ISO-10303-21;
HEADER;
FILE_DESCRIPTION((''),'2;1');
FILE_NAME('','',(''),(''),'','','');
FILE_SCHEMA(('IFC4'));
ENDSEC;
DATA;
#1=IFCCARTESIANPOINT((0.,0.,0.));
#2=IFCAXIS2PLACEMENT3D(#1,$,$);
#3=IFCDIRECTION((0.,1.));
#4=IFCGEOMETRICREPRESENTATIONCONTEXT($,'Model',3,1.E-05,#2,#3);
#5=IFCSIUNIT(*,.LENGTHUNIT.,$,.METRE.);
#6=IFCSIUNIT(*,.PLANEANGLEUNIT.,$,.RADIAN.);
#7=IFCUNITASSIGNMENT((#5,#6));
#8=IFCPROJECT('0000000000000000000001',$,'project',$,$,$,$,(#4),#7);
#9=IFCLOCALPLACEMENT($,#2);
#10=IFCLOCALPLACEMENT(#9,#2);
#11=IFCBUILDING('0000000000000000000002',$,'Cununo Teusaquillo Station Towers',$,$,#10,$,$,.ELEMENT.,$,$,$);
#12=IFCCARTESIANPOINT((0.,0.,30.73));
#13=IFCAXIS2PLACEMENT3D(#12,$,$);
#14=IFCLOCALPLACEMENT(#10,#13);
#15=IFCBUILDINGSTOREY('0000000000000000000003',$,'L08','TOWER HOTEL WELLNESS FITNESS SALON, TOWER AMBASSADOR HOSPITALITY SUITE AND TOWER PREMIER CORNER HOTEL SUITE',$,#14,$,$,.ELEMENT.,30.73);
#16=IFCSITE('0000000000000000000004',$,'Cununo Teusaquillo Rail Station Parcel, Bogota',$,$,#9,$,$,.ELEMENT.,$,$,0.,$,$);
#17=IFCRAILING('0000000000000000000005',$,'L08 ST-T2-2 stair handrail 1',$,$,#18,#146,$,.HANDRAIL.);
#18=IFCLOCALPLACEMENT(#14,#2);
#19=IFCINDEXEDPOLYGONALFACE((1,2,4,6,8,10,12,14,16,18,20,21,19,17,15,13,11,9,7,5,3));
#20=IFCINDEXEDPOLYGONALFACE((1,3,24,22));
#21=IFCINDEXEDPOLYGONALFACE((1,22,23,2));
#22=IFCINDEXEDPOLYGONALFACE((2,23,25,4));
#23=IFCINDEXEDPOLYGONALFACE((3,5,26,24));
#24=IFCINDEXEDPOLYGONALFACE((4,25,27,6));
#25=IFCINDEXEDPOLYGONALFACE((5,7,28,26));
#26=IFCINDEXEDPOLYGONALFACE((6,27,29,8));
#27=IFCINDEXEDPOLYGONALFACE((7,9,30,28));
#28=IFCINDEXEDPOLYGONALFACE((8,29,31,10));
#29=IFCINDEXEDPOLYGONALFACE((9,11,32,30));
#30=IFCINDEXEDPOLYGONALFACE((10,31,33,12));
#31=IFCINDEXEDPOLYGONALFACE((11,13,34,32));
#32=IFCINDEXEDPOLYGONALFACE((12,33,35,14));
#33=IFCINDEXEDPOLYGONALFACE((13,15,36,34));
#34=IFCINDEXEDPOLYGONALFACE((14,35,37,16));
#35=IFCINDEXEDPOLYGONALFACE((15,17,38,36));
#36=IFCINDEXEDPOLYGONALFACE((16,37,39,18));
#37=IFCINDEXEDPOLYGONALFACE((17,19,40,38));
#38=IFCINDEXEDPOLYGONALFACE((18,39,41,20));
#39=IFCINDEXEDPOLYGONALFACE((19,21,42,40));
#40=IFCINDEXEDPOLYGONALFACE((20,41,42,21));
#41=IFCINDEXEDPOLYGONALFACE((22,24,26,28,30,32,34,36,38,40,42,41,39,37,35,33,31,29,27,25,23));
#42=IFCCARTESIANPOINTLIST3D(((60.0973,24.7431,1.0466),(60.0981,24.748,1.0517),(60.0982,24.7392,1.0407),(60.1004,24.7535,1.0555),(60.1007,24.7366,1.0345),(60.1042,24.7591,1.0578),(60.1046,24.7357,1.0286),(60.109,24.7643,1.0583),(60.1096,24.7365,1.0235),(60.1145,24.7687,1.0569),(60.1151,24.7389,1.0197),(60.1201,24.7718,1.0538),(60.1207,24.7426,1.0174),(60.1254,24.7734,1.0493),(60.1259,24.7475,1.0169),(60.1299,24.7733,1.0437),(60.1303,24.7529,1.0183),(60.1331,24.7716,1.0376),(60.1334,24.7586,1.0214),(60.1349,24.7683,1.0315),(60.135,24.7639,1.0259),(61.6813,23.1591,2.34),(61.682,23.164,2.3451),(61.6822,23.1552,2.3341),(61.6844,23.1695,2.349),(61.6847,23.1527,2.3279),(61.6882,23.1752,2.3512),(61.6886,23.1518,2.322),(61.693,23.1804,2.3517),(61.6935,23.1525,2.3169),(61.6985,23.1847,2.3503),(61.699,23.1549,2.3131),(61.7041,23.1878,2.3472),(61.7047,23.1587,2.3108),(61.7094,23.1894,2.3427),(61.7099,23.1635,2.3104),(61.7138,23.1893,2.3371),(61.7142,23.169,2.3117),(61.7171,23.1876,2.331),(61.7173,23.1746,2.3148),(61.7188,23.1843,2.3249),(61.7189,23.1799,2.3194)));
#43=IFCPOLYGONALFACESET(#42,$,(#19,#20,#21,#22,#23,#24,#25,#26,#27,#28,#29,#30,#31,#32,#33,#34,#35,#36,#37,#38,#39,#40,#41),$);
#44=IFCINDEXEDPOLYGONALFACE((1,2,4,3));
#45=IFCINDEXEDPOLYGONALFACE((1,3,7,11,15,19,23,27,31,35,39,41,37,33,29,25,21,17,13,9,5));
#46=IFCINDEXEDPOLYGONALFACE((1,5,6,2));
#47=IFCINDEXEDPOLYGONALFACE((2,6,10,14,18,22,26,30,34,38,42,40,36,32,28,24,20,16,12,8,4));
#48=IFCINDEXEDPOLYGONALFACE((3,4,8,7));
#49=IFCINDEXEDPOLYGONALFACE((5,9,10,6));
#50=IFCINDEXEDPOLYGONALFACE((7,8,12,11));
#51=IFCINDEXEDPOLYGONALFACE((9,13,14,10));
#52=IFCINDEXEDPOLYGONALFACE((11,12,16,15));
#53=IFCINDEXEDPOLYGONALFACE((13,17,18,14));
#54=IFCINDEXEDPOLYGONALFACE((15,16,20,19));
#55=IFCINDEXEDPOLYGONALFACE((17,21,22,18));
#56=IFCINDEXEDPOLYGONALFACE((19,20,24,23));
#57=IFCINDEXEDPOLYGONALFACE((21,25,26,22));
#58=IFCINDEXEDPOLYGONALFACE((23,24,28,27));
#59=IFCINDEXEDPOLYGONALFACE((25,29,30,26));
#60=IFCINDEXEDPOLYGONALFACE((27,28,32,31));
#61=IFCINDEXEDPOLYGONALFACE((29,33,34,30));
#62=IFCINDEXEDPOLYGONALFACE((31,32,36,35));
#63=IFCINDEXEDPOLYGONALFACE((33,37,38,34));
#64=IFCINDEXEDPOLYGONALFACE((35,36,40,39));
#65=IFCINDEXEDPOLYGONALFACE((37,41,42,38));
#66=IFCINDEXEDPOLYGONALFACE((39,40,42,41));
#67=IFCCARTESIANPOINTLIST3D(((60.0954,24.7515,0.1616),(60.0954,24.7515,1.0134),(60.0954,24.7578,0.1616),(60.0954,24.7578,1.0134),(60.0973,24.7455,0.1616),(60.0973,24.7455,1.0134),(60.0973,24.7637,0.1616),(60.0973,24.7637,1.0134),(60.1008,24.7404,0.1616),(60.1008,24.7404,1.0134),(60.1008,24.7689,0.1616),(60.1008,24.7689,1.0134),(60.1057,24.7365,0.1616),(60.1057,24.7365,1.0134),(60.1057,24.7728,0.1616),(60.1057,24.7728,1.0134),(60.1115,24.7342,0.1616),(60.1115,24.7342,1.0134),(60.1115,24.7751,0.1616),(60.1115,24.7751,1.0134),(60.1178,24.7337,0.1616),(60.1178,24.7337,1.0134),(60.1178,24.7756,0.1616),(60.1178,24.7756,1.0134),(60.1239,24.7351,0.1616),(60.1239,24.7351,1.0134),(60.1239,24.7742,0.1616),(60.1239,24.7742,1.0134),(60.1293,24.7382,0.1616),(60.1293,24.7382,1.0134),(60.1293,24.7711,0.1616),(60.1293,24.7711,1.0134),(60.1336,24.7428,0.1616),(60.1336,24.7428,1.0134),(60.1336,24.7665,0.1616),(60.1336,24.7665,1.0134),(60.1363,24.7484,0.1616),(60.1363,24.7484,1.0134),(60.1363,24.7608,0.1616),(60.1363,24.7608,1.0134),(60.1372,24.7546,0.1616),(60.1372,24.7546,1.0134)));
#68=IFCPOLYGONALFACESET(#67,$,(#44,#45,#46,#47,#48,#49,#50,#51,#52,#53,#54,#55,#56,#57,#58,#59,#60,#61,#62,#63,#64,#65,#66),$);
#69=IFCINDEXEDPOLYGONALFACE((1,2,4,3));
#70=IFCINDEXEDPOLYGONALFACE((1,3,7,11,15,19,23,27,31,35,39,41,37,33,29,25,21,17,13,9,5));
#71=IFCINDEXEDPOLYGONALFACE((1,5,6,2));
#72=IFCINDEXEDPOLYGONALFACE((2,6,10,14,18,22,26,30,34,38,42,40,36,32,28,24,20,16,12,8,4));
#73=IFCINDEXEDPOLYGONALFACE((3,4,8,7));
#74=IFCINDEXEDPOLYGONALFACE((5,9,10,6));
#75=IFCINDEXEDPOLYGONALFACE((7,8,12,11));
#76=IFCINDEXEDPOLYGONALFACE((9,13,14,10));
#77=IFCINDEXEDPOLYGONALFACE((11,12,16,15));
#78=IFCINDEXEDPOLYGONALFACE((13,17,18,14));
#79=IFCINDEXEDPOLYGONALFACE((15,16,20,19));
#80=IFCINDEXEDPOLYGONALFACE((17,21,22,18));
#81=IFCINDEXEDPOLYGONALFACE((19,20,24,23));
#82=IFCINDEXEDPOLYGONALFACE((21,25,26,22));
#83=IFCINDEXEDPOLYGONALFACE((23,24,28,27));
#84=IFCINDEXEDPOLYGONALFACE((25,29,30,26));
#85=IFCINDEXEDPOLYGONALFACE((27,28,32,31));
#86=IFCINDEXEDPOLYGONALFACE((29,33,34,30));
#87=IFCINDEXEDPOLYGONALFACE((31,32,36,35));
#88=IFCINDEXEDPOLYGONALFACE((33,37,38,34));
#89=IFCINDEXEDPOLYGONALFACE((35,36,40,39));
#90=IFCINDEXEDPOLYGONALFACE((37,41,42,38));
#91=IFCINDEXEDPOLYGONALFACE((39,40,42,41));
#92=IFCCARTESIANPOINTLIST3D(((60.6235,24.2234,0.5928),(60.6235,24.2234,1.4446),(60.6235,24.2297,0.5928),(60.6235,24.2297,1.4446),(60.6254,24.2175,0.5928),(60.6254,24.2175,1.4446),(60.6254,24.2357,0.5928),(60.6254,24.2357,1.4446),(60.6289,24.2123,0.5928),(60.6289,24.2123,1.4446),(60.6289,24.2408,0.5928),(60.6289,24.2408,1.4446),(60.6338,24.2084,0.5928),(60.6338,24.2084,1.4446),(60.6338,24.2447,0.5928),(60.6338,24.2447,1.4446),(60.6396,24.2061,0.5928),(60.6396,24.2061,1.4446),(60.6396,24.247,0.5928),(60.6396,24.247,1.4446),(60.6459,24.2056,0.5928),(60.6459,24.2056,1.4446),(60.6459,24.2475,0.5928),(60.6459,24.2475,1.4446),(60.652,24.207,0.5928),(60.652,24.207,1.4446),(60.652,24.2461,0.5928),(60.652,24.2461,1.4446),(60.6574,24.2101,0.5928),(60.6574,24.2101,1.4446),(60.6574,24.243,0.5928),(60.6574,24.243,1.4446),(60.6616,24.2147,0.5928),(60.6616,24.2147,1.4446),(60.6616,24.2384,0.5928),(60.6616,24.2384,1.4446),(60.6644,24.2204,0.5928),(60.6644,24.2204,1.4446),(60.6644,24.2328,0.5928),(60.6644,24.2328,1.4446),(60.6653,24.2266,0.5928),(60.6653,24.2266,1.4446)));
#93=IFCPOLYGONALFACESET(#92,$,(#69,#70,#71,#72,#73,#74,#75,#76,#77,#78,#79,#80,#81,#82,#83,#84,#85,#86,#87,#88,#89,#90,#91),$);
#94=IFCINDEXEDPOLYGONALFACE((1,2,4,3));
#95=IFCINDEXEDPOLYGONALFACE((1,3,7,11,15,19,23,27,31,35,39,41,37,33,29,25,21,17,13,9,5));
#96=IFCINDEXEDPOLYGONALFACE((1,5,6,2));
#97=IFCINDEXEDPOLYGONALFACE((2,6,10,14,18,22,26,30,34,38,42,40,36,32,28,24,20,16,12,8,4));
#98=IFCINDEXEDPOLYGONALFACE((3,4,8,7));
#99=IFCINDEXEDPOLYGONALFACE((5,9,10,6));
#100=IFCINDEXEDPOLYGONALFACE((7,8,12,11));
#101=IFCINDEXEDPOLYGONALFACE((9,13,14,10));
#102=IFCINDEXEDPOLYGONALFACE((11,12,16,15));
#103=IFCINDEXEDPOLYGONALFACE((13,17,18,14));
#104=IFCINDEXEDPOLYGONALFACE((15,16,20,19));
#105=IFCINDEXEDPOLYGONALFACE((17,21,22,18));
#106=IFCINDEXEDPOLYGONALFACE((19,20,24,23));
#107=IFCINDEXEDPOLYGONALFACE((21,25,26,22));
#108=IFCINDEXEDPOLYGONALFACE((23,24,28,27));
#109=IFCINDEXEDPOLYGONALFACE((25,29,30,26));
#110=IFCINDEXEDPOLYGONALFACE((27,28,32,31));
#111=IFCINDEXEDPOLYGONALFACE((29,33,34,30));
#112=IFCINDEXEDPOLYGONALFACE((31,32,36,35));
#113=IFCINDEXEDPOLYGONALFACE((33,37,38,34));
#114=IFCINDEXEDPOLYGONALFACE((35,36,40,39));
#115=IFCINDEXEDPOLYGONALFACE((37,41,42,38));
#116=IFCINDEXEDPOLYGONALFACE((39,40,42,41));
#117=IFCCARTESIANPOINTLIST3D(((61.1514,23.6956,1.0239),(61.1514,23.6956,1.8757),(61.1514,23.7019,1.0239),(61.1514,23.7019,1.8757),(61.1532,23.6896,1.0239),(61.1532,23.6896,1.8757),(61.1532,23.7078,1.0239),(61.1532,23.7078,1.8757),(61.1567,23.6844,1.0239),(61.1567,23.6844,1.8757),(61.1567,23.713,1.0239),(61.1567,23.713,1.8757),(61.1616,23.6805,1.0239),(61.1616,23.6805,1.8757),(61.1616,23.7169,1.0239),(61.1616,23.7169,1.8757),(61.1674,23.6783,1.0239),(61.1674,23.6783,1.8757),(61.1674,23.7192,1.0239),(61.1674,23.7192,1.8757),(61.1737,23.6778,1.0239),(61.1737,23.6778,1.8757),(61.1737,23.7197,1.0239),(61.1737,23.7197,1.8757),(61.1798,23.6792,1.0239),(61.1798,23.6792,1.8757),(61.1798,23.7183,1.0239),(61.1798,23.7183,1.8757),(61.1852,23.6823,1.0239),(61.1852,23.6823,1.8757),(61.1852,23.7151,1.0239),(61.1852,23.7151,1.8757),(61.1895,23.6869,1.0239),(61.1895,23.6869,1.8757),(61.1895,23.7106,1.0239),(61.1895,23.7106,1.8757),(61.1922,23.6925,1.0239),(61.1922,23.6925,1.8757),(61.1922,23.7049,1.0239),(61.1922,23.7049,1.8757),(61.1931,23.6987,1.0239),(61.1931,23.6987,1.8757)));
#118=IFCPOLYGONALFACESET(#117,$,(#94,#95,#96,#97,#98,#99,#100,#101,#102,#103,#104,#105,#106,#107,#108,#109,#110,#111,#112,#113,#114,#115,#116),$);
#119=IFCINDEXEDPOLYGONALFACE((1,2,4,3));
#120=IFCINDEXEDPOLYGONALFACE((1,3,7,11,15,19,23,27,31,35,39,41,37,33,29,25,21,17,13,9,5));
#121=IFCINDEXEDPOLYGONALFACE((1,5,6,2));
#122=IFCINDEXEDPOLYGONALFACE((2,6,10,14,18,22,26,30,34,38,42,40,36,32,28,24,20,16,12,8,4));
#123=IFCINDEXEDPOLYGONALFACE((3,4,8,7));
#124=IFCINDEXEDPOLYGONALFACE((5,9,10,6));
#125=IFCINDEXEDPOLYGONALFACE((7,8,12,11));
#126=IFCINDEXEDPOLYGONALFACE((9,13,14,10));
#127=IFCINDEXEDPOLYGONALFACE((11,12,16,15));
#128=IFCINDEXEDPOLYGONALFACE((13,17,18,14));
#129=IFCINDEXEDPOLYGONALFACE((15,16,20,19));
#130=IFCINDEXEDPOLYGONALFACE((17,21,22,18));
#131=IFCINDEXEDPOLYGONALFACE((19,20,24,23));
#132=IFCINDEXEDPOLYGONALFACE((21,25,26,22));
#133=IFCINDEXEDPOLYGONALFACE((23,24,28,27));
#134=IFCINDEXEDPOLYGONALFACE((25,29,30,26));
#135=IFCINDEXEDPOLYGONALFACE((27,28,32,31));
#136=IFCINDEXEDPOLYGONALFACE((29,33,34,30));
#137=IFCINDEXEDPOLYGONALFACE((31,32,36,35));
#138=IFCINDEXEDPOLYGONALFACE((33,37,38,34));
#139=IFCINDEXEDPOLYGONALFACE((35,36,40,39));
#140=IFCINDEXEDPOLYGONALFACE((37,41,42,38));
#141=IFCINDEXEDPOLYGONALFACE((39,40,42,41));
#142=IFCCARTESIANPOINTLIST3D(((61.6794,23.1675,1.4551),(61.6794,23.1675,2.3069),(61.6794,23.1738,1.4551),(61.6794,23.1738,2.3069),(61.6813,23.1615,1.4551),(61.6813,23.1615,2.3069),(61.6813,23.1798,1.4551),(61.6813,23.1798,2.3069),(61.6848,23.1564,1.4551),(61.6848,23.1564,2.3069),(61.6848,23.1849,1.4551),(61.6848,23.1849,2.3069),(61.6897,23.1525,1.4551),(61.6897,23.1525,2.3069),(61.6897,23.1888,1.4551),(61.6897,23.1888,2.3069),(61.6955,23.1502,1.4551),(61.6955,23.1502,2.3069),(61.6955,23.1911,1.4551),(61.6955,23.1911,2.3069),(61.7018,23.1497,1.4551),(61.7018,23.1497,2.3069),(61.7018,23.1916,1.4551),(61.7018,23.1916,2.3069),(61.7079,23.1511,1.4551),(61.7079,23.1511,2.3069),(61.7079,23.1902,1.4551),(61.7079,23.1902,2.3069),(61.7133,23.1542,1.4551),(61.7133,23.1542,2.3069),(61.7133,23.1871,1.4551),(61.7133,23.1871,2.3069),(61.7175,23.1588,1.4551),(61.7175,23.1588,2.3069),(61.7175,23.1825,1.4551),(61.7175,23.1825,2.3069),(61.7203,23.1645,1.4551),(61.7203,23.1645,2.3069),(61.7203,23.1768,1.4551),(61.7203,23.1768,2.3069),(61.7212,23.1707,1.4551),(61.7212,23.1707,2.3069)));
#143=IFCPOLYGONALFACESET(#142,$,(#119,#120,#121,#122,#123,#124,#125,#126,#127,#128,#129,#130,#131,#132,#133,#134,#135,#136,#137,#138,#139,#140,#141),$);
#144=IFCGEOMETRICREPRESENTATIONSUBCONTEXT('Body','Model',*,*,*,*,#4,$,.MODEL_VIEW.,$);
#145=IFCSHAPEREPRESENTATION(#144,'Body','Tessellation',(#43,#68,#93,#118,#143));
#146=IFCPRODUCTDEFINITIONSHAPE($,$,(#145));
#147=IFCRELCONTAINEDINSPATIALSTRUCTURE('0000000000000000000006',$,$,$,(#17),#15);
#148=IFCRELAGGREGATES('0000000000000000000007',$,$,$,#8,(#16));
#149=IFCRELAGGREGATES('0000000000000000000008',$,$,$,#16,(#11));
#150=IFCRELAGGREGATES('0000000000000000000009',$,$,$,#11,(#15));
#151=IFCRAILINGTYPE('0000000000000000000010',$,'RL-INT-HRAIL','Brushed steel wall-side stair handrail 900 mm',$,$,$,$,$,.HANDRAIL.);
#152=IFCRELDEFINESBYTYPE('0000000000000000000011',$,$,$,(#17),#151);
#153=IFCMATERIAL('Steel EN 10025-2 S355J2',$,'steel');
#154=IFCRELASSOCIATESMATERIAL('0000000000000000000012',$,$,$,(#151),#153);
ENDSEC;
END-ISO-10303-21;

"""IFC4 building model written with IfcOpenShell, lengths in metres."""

from ifc_helpers import new_model, si_unit, direction, frame, origin, origin_2d, place, context, subcontext, project, spatial, circle, extrude, material, type_object, element, save


model = new_model("IFC4")

# Units and contexts
model_context = context("Model", 3, precision=1e-05, world=origin(), true_north=direction((0.0, 1.0)))
body_context = subcontext(model_context, "Body", "Model", "MODEL_VIEW")
ifc_project = project(units=[si_unit("LENGTHUNIT", "METRE"), si_unit("PLANEANGLEUNIT", "RADIAN")], contexts=[model_context])

# Site, building, storey
site_placement = place(None, origin())
site = spatial("IfcSite", under=ifc_project, at=site_placement, Name="Cununo Teusaquillo Rail Station Parcel, Bogota", CompositionType="ELEMENT", RefElevation=0.0)
building_placement = place(site_placement, origin())
building = spatial("IfcBuilding", under=site, at=building_placement, Name="Cununo Teusaquillo Station Towers", CompositionType="ELEMENT")
storey_placement = place(building_placement, frame((0.0, 0.0, 30.73)))
storey = spatial("IfcBuildingStorey", under=building, at=storey_placement, Name="L08", Description="TOWER HOTEL WELLNESS FITNESS SALON, TOWER AMBASSADOR HOSPITALITY SUITE AND TOWER PREMIER CORNER HOTEL SUITE", CompositionType="ELEMENT", Elevation=30.73)

# Railing
ifc_material_1 = material(Name="Steel EN 10025-2 S355J2", Category="steel")
railing_type_1 = type_object("IfcRailingType", Name="RL-INT-HRAIL", Description="Brushed steel wall-side stair handrail 900 mm", PredefinedType="HANDRAIL", material=ifc_material_1)
railing_1_placement = place(storey_placement, frame((60.1162, 24.7546, 0.1616)))
element("IfcRailing", 1, at=railing_1_placement, inside=storey, type_object=railing_type_1, Name="L08 ST-T2-2 stair handrail 1", PredefinedType="HANDRAIL", context=body_context, shape_type="SweptSolid", body=[
    extrude(circle(Radius=0.0239, at=origin_2d()), frame((0.0, 0.0, 0.876), z_axis=(0.612356, -0.612356, 0.50004), x_axis=(0.707107, 0.707107, 0.0)), (0.0, 0.0, 1.0), 2.5867),
    extrude(circle(Radius=0.021, at=origin_2d()), origin(), (0.0, 0.0, 1.0), 0.8518),
    extrude(circle(Radius=0.021, at=origin_2d()), frame((0.5281, -0.5281, 0.4312)), (0.0, 0.0, 1.0), 0.8518),
    extrude(circle(Radius=0.021, at=origin_2d()), frame((1.0559, -1.0559, 0.8623)), (0.0, 0.0, 1.0), 0.8518),
    extrude(circle(Radius=0.021, at=origin_2d()), frame((1.584, -1.584, 1.2935)), (0.0, 0.0, 1.0), 0.8518),
])

save(model, "model.ifc")
